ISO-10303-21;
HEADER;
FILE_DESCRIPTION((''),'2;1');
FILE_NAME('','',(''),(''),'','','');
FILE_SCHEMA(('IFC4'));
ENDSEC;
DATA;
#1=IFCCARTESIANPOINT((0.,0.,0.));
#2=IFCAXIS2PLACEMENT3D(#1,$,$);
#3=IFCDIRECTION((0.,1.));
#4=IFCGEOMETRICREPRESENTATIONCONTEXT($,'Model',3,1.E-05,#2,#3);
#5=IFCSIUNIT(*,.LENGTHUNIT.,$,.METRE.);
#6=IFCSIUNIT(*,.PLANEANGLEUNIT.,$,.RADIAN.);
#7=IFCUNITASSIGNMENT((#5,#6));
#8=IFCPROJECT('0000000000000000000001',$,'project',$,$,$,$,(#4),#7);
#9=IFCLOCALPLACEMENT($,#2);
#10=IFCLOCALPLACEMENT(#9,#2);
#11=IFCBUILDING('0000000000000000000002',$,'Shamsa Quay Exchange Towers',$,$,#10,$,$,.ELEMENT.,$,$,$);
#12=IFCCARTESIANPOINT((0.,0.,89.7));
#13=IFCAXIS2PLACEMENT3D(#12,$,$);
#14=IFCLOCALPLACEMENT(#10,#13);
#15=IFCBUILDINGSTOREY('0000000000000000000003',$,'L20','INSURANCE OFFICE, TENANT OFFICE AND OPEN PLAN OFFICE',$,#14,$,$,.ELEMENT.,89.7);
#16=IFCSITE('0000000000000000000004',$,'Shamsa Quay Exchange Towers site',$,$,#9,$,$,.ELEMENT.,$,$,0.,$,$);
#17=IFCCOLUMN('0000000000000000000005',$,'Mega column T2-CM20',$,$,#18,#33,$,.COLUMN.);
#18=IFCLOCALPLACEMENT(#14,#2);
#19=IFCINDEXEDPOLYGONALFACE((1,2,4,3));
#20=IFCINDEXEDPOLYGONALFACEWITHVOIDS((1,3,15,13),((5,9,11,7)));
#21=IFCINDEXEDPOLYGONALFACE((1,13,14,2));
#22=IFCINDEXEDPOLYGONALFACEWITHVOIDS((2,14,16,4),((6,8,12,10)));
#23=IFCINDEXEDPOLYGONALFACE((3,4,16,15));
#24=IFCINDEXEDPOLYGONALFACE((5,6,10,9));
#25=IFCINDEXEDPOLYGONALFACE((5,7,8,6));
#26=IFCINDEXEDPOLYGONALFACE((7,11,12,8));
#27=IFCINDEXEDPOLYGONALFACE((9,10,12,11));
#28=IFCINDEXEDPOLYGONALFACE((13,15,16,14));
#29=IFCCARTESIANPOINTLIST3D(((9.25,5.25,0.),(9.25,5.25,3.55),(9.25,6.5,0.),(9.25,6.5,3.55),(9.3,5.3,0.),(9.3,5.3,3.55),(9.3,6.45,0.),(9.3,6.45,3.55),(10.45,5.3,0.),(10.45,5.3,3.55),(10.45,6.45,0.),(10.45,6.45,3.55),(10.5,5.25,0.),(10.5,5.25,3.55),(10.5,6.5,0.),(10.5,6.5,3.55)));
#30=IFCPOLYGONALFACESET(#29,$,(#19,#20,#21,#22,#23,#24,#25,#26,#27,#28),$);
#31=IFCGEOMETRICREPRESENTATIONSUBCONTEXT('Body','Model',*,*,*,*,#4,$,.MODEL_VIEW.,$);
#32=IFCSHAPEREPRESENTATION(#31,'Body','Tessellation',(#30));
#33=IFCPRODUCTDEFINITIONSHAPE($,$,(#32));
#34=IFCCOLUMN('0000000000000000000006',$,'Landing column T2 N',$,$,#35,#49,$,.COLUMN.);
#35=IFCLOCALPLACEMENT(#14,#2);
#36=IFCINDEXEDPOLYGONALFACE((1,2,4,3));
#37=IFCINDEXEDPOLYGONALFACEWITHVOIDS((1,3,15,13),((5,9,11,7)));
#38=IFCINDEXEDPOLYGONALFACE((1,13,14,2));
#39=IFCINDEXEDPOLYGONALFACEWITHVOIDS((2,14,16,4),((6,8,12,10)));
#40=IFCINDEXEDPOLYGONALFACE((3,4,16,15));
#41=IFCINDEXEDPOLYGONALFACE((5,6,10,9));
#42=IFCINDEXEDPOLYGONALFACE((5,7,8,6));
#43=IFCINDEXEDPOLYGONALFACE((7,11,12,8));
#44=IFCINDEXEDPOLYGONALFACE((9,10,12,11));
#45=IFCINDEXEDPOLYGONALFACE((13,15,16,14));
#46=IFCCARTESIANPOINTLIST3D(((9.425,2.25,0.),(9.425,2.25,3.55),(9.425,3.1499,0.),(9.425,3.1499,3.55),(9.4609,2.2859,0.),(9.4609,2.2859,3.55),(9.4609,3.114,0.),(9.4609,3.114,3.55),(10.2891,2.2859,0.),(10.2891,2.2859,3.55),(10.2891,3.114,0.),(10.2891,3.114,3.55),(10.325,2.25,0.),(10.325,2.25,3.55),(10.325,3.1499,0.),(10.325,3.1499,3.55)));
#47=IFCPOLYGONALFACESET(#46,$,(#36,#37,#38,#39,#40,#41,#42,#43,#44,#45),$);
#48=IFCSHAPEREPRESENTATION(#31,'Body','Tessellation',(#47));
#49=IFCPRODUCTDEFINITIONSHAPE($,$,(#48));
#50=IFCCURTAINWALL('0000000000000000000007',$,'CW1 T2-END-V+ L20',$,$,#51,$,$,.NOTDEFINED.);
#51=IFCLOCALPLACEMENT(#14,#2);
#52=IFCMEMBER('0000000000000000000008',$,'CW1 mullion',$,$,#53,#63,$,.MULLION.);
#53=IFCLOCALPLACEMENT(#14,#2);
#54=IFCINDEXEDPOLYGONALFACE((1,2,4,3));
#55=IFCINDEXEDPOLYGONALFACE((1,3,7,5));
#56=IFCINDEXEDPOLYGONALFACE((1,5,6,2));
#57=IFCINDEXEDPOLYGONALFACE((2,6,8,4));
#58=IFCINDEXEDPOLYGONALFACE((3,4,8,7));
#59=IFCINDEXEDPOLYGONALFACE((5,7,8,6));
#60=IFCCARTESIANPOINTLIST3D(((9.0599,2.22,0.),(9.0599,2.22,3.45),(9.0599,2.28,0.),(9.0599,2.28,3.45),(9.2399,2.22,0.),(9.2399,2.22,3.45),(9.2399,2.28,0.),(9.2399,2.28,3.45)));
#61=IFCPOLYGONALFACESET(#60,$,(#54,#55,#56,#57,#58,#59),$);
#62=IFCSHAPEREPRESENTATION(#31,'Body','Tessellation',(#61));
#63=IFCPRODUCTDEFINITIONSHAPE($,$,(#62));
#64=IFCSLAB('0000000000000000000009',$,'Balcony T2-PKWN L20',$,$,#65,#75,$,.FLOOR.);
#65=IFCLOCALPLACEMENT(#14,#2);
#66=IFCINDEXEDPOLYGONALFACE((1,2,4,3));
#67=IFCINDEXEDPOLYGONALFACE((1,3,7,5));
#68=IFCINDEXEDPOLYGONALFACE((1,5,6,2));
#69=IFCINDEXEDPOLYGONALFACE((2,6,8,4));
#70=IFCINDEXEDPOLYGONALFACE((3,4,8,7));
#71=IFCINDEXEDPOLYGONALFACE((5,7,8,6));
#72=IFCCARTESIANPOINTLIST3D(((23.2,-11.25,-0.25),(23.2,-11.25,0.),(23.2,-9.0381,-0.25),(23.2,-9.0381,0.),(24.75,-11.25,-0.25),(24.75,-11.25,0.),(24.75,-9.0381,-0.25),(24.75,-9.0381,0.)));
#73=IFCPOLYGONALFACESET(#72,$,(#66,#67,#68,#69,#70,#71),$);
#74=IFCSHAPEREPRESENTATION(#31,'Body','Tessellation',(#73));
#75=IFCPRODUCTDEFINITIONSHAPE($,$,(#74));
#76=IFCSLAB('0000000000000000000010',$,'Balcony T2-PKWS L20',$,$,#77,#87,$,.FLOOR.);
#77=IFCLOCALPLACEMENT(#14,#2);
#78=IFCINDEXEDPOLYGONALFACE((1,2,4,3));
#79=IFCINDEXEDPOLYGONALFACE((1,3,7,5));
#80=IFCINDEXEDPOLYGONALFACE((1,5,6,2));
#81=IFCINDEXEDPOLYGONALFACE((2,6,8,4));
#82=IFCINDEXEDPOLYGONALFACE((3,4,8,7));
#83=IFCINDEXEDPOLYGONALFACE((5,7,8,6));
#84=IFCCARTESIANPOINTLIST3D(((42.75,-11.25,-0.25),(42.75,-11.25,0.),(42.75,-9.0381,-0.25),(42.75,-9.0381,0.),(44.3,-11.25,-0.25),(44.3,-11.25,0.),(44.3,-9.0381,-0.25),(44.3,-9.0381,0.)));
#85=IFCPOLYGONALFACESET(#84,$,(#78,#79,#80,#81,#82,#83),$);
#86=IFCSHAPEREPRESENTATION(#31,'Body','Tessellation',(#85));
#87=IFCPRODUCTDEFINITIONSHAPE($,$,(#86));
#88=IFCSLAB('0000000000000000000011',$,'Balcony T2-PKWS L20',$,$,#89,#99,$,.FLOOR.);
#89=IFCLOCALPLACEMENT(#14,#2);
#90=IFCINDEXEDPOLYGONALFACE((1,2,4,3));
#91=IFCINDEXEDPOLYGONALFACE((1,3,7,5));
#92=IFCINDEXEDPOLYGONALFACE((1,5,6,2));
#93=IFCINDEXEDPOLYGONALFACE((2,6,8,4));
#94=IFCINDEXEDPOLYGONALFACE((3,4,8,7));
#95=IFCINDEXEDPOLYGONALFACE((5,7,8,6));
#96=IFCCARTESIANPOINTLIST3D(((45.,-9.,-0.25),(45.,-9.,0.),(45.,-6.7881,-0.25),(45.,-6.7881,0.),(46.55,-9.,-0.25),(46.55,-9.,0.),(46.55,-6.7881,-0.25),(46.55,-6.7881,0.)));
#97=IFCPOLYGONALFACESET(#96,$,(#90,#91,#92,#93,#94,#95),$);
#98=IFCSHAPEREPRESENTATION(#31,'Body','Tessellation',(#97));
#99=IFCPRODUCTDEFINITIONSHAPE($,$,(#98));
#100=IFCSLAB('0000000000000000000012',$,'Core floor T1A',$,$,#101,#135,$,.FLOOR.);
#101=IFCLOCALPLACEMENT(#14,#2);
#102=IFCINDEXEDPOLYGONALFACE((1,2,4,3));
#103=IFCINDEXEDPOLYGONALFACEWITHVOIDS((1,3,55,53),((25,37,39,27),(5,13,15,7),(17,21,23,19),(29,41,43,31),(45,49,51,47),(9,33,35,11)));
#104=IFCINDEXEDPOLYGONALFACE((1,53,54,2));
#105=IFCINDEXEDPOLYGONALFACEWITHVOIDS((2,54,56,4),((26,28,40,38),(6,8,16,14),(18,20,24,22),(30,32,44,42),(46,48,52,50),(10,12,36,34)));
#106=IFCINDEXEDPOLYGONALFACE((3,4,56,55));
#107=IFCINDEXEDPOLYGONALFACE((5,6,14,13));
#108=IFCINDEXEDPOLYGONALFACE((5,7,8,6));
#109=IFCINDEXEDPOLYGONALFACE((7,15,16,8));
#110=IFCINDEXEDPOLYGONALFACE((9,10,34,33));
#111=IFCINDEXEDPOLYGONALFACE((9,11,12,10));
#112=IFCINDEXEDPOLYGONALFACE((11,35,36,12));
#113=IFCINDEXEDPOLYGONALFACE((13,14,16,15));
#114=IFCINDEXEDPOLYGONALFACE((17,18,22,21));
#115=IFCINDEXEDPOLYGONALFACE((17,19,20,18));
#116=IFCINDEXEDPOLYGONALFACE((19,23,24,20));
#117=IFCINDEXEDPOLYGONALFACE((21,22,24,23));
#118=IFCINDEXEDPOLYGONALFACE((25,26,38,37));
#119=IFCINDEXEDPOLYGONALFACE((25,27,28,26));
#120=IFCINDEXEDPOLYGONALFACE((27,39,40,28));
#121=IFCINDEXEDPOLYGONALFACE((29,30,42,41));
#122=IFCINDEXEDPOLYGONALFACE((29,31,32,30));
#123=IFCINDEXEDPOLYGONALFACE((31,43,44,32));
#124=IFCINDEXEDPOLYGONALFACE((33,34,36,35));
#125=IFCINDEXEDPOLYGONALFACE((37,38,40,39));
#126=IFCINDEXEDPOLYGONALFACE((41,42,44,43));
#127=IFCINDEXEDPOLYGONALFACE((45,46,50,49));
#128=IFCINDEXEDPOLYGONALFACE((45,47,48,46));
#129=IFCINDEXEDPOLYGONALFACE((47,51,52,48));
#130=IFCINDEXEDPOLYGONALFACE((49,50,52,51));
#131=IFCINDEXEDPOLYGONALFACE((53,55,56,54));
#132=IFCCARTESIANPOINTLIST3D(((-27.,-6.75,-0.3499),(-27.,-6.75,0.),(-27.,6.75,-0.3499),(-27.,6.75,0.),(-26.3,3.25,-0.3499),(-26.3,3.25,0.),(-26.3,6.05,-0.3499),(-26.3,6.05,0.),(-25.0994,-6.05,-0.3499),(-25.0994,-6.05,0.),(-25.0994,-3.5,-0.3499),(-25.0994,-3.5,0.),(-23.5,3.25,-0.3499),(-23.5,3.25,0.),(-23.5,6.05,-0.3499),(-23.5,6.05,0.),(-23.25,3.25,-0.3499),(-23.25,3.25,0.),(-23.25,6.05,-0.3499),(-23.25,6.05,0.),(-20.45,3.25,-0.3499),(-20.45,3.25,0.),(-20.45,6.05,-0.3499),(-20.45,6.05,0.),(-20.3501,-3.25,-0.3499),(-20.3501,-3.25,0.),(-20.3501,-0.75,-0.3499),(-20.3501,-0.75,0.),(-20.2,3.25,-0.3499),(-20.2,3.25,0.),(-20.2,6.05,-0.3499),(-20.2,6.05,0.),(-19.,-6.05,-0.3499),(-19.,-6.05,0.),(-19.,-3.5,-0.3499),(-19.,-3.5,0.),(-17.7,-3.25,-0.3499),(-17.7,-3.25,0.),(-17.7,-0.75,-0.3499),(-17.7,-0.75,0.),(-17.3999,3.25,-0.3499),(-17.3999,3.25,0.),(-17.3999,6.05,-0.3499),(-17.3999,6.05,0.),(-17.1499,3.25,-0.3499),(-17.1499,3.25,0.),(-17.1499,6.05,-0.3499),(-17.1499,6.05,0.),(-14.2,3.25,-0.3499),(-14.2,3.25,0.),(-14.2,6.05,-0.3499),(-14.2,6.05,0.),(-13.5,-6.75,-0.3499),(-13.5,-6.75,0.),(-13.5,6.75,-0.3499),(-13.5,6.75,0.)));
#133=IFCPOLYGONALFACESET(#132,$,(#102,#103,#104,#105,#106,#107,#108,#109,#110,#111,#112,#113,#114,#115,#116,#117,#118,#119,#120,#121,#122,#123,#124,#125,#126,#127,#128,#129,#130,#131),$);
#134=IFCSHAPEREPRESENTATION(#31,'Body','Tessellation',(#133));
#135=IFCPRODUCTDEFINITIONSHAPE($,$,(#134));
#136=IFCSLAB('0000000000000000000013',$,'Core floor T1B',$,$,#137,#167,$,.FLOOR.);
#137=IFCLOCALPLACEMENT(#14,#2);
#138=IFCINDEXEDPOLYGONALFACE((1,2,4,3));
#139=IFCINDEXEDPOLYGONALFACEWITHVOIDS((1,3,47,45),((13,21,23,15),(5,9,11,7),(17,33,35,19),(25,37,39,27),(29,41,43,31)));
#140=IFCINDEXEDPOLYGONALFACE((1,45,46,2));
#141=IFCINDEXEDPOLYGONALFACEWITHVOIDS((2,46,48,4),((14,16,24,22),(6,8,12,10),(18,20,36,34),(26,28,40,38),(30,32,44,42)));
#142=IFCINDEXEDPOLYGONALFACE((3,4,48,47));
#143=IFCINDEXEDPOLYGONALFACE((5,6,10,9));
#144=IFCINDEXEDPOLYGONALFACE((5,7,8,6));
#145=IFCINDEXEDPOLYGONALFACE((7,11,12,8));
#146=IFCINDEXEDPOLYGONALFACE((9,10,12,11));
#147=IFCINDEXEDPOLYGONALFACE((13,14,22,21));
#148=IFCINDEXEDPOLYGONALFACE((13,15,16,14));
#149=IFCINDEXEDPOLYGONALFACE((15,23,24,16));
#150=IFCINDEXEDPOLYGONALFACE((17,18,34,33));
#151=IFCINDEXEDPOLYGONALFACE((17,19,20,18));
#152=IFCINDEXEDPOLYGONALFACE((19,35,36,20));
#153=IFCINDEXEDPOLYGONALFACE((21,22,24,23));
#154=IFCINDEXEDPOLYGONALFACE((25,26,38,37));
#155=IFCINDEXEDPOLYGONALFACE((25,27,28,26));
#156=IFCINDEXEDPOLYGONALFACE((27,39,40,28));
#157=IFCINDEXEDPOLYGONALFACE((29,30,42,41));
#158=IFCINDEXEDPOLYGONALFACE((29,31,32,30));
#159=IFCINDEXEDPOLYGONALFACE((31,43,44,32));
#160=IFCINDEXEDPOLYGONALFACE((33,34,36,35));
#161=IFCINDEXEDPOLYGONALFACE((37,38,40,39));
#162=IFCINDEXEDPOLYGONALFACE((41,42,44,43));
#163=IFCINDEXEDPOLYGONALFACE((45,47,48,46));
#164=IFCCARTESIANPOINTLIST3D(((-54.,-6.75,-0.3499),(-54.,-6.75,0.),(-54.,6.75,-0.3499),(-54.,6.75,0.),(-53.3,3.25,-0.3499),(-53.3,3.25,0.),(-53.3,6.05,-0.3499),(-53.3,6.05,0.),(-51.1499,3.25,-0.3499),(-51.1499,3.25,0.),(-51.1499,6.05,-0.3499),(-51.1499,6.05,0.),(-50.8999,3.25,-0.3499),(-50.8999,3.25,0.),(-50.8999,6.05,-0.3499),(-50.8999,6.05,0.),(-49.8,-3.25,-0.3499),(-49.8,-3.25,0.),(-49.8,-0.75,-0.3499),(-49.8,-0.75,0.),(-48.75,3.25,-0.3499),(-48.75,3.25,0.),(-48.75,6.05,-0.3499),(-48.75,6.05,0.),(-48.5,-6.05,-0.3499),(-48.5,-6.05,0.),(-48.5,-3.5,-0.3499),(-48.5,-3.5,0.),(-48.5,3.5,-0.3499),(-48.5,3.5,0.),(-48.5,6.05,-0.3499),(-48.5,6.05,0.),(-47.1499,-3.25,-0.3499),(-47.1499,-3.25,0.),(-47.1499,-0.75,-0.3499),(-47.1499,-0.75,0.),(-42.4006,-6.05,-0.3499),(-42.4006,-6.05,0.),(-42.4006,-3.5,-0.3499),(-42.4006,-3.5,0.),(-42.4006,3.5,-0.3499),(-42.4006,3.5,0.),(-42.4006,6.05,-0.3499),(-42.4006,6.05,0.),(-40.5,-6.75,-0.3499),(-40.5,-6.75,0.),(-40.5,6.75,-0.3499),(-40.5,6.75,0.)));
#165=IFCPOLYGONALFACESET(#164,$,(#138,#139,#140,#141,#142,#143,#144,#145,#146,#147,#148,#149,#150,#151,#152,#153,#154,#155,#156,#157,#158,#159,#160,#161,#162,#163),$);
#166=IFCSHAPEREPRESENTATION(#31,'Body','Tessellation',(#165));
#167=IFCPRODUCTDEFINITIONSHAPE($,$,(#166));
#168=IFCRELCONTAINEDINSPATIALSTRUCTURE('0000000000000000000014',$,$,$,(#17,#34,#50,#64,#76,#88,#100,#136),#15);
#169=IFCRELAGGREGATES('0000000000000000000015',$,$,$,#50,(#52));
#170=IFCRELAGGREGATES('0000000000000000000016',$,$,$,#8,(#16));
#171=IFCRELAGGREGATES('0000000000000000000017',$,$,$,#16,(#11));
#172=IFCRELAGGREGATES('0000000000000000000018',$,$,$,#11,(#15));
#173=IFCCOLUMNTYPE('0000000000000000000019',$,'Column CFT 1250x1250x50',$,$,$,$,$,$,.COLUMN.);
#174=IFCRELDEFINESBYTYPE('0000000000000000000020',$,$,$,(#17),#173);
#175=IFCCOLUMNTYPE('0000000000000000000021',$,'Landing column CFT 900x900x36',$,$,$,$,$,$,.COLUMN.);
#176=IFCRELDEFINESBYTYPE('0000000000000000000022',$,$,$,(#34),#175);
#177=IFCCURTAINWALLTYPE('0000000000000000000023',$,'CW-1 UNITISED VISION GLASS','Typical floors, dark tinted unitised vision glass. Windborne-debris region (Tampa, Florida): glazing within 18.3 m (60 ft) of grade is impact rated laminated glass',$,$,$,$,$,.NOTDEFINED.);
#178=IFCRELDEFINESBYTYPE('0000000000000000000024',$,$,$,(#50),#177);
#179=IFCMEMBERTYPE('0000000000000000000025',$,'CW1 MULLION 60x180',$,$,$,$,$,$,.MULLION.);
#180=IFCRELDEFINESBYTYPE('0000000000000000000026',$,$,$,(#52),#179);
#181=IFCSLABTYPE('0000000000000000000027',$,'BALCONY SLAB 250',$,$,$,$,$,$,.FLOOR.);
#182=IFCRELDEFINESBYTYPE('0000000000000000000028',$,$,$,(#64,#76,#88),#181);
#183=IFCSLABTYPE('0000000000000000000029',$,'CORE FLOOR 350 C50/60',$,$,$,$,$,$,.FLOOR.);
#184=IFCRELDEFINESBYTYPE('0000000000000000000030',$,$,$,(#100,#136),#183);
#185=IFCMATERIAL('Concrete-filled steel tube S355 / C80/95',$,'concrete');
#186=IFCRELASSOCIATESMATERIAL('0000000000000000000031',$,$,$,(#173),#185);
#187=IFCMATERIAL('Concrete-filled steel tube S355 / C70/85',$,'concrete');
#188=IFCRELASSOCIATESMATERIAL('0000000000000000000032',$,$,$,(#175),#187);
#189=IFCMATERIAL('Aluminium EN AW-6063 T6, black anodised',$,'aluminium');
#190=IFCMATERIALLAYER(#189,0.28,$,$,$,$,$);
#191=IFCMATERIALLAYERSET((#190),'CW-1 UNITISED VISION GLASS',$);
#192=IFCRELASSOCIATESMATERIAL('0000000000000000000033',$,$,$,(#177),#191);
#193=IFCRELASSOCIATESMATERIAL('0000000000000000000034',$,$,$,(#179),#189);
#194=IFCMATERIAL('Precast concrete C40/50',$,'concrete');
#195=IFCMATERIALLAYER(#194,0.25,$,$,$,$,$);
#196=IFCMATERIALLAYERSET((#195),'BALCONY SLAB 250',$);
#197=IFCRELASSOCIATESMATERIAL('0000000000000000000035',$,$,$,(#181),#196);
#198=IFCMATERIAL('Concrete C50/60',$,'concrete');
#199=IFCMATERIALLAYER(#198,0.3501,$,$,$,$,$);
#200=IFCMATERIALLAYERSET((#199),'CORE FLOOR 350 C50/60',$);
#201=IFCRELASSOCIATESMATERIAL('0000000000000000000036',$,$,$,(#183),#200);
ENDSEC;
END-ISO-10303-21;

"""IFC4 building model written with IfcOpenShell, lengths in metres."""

from ifc_helpers import new_model, si_unit, direction, frame, origin, origin_2d, place, context, subcontext, project, spatial, polyline, rectangle, hollow_rectangle, outline, extrude, material, layer, layer_set, material_profile, profile_set, type_object, element, aggregate, save


model = new_model("IFC4")

# Units and contexts
model_context = context("Model", 3, precision=1e-05, world=origin(), true_north=direction((0.0, 1.0)))
body_context = subcontext(model_context, "Body", "Model", "MODEL_VIEW")
ifc_project = project(units=[si_unit("LENGTHUNIT", "METRE"), si_unit("PLANEANGLEUNIT", "RADIAN")], contexts=[model_context])

# Site, building, storey
site_placement = place(None, origin())
site = spatial("IfcSite", under=ifc_project, at=site_placement, Name="Shamsa Quay Exchange Towers site", CompositionType="ELEMENT", RefElevation=0.0)
building_placement = place(site_placement, origin())
building = spatial("IfcBuilding", under=site, at=building_placement, Name="Shamsa Quay Exchange Towers", CompositionType="ELEMENT")
storey_placement = place(building_placement, frame((0.0, 0.0, 89.7)))
storey = spatial("IfcBuildingStorey", under=building, at=storey_placement, Name="L20", Description="INSURANCE OFFICE, TENANT OFFICE AND OPEN PLAN OFFICE", CompositionType="ELEMENT", Elevation=89.7)

# Columns
ifc_material_1 = material(Name="Concrete-filled steel tube S355 / C80/95", Category="concrete")
ifc_material_profile_1 = material_profile(ifc_material_1, hollow_rectangle(XDim=1.25, YDim=1.25, WallThickness=0.05, at=origin_2d()), Name="CFT 1250x1250x50")
ifc_profile_set_1 = profile_set([ifc_material_profile_1], Name="Concrete-filled steel tube S355 / C80/95")
column_type_1 = type_object("IfcColumnType", Name="Column CFT 1250x1250x50", PredefinedType="COLUMN", material=ifc_profile_set_1)
column_1_placement = place(storey_placement, frame((9.875, 5.875, 0.0)))
element("IfcColumn", 1, at=column_1_placement, inside=storey, type_object=column_type_1, Name="Mega column T2-CM20", PredefinedType="COLUMN", context=body_context, shape_type="SweptSolid", body=[
    extrude(hollow_rectangle(XDim=1.25, YDim=1.25, WallThickness=0.05, at=origin_2d()), origin(), (0.0, 0.0, 1.0), 3.55),
])
ifc_material_2 = material(Name="Concrete-filled steel tube S355 / C70/85", Category="concrete")
ifc_material_profile_2 = material_profile(ifc_material_2, hollow_rectangle(XDim=0.8999, YDim=0.8999, WallThickness=0.0359, at=origin_2d()), Name="CFT 900x900x36")
ifc_profile_set_2 = profile_set([ifc_material_profile_2], Name="Concrete-filled steel tube S355 / C70/85")
column_type_2 = type_object("IfcColumnType", Name="Landing column CFT 900x900x36", PredefinedType="COLUMN", material=ifc_profile_set_2)
column_2_placement = place(storey_placement, frame((9.875, 2.7, 0.0)))
element("IfcColumn", 2, at=column_2_placement, inside=storey, type_object=column_type_2, Name="Landing column T2 N", PredefinedType="COLUMN", context=body_context, shape_type="SweptSolid", body=[
    extrude(hollow_rectangle(XDim=0.8999, YDim=0.8999, WallThickness=0.0359, at=origin_2d()), origin(), (0.0, 0.0, 1.0), 3.55),
])

# Curtain wall, member
ifc_material_3 = material(Name="Aluminium EN AW-6063 T6, black anodised", Category="aluminium")
ifc_layer_1 = layer(ifc_material_3, 0.28)
ifc_layer_set_1 = layer_set([ifc_layer_1], Name="CW-1 UNITISED VISION GLASS")
curtain_wall_type = type_object("IfcCurtainWallType", Name="CW-1 UNITISED VISION GLASS", Description="Typical floors, dark tinted unitised vision glass. Windborne-debris region (Tampa, Florida): glazing within 18.3 m (60 ft) of grade is impact rated laminated glass", PredefinedType="NOTDEFINED", material=ifc_layer_set_1)
curtain_wall_1_placement = place(storey_placement, origin())
curtain_wall_1 = element("IfcCurtainWall", 3, at=curtain_wall_1_placement, inside=storey, type_object=curtain_wall_type, Name="CW1 T2-END-V+ L20", PredefinedType="NOTDEFINED")
ifc_material_profile_3 = material_profile(ifc_material_3, rectangle(XDim=0.1799, YDim=0.0601, at=origin_2d()), Name="MU60x180")
ifc_profile_set_3 = profile_set([ifc_material_profile_3], Name="Aluminium EN AW-6063 T6, black anodised")
member_type = type_object("IfcMemberType", Name="CW1 MULLION 60x180", PredefinedType="MULLION", material=ifc_profile_set_3)
member_placement = place(storey_placement, frame((9.1499, 2.25, 0.0)))
member = element("IfcMember", 4, at=member_placement, type_object=member_type, Name="CW1 mullion", PredefinedType="MULLION", context=body_context, shape_type="SweptSolid", body=[
    extrude(rectangle(XDim=0.1799, YDim=0.0601, at=origin_2d()), origin(), (0.0, 0.0, 1.0), 3.45),
])

# Slabs
ifc_material_4 = material(Name="Precast concrete C40/50", Category="concrete")
ifc_layer_2 = layer(ifc_material_4, 0.25)
ifc_layer_set_2 = layer_set([ifc_layer_2], Name="BALCONY SLAB 250")
slab_type_1 = type_object("IfcSlabType", Name="BALCONY SLAB 250", PredefinedType="FLOOR", material=ifc_layer_set_2)
slab_1_placement = place(storey_placement, frame((0.0, 0.0, -0.25)))
element("IfcSlab", 5, at=slab_1_placement, inside=storey, type_object=slab_type_1, Name="Balcony T2-PKWN L20", PredefinedType="FLOOR", context=body_context, shape_type="SweptSolid", body=[
    extrude(outline(polyline([(24.75, -9.0381), (24.75, -11.25), (23.2, -11.25), (23.2, -9.0381), (24.75, -9.0381)])), origin(), (0.0, 0.0, 1.0), 0.25),
])
slab_2_placement = place(storey_placement, frame((0.0, 0.0, -0.25)))
element("IfcSlab", 6, at=slab_2_placement, inside=storey, type_object=slab_type_1, Name="Balcony T2-PKWS L20", PredefinedType="FLOOR", context=body_context, shape_type="SweptSolid", body=[
    extrude(outline(polyline([(42.75, -11.25), (42.75, -9.0381), (44.3, -9.0381), (44.3, -11.25), (42.75, -11.25)])), origin(), (0.0, 0.0, 1.0), 0.25),
])
slab_3_placement = place(storey_placement, frame((0.0, 0.0, -0.25)))
element("IfcSlab", 7, at=slab_3_placement, inside=storey, type_object=slab_type_1, Name="Balcony T2-PKWS L20", PredefinedType="FLOOR", context=body_context, shape_type="SweptSolid", body=[
    extrude(outline(polyline([(45.0, -9.0), (45.0, -6.7881), (46.55, -6.7881), (46.55, -9.0), (45.0, -9.0)])), origin(), (0.0, 0.0, 1.0), 0.25),
])
ifc_material_5 = material(Name="Concrete C50/60", Category="concrete")
ifc_layer_3 = layer(ifc_material_5, 0.3501)
ifc_layer_set_3 = layer_set([ifc_layer_3], Name="CORE FLOOR 350 C50/60")
slab_type_2 = type_object("IfcSlabType", Name="CORE FLOOR 350 C50/60", PredefinedType="FLOOR", material=ifc_layer_set_3)
slab_4_placement = place(storey_placement, frame((0.0, 0.0, -0.3499)))
element("IfcSlab", 8, at=slab_4_placement, inside=storey, type_object=slab_type_2, Name="Core floor T1A", PredefinedType="FLOOR", context=body_context, shape_type="SweptSolid", body=[
    extrude(outline(polyline([(-27.0, -6.75), (-13.5, -6.75), (-13.5, 6.75), (-27.0, 6.75), (-27.0, -6.75)]), holes=[polyline([(-25.0994, -6.05), (-25.0994, -3.5), (-19.0, -3.5), (-19.0, -6.05), (-25.0994, -6.05)]), polyline([(-26.3, 3.25), (-26.3, 6.05), (-23.5, 6.05), (-23.5, 3.25), (-26.3, 3.25)]), polyline([(-23.25, 3.25), (-23.25, 6.05), (-20.45, 6.05), (-20.45, 3.25), (-23.25, 3.25)]), polyline([(-20.2, 3.25), (-20.2, 6.05), (-17.3999, 6.05), (-17.3999, 3.25), (-20.2, 3.25)]), polyline([(-17.1499, 3.25), (-17.1499, 6.05), (-14.2, 6.05), (-14.2, 3.25), (-17.1499, 3.25)]), polyline([(-20.3501, -3.25), (-20.3501, -0.75), (-17.7, -0.75), (-17.7, -3.25), (-20.3501, -3.25)])]), origin(), (0.0, 0.0, 1.0), 0.3499),
])
slab_5_placement = place(storey_placement, frame((0.0, 0.0, -0.3499)))
element("IfcSlab", 9, at=slab_5_placement, inside=storey, type_object=slab_type_2, Name="Core floor T1B", PredefinedType="FLOOR", context=body_context, shape_type="SweptSolid", body=[
    extrude(outline(polyline([(-40.5, -6.75), (-40.5, 6.75), (-54.0, 6.75), (-54.0, -6.75), (-40.5, -6.75)]), holes=[polyline([(-42.4006, -3.5), (-42.4006, -6.05), (-48.5, -6.05), (-48.5, -3.5), (-42.4006, -3.5)]), polyline([(-42.4006, 6.05), (-42.4006, 3.5), (-48.5, 3.5), (-48.5, 6.05), (-42.4006, 6.05)]), polyline([(-48.75, 3.25), (-50.8999, 3.25), (-50.8999, 6.05), (-48.75, 6.05), (-48.75, 3.25)]), polyline([(-51.1499, 3.25), (-53.3, 3.25), (-53.3, 6.05), (-51.1499, 6.05), (-51.1499, 3.25)]), polyline([(-47.1499, -3.25), (-49.8, -3.25), (-49.8, -0.75), (-47.1499, -0.75), (-47.1499, -3.25)])]), origin(), (0.0, 0.0, 1.0), 0.3499),
])

aggregate(curtain_wall_1, [member])

save(model, "model.ifc")
